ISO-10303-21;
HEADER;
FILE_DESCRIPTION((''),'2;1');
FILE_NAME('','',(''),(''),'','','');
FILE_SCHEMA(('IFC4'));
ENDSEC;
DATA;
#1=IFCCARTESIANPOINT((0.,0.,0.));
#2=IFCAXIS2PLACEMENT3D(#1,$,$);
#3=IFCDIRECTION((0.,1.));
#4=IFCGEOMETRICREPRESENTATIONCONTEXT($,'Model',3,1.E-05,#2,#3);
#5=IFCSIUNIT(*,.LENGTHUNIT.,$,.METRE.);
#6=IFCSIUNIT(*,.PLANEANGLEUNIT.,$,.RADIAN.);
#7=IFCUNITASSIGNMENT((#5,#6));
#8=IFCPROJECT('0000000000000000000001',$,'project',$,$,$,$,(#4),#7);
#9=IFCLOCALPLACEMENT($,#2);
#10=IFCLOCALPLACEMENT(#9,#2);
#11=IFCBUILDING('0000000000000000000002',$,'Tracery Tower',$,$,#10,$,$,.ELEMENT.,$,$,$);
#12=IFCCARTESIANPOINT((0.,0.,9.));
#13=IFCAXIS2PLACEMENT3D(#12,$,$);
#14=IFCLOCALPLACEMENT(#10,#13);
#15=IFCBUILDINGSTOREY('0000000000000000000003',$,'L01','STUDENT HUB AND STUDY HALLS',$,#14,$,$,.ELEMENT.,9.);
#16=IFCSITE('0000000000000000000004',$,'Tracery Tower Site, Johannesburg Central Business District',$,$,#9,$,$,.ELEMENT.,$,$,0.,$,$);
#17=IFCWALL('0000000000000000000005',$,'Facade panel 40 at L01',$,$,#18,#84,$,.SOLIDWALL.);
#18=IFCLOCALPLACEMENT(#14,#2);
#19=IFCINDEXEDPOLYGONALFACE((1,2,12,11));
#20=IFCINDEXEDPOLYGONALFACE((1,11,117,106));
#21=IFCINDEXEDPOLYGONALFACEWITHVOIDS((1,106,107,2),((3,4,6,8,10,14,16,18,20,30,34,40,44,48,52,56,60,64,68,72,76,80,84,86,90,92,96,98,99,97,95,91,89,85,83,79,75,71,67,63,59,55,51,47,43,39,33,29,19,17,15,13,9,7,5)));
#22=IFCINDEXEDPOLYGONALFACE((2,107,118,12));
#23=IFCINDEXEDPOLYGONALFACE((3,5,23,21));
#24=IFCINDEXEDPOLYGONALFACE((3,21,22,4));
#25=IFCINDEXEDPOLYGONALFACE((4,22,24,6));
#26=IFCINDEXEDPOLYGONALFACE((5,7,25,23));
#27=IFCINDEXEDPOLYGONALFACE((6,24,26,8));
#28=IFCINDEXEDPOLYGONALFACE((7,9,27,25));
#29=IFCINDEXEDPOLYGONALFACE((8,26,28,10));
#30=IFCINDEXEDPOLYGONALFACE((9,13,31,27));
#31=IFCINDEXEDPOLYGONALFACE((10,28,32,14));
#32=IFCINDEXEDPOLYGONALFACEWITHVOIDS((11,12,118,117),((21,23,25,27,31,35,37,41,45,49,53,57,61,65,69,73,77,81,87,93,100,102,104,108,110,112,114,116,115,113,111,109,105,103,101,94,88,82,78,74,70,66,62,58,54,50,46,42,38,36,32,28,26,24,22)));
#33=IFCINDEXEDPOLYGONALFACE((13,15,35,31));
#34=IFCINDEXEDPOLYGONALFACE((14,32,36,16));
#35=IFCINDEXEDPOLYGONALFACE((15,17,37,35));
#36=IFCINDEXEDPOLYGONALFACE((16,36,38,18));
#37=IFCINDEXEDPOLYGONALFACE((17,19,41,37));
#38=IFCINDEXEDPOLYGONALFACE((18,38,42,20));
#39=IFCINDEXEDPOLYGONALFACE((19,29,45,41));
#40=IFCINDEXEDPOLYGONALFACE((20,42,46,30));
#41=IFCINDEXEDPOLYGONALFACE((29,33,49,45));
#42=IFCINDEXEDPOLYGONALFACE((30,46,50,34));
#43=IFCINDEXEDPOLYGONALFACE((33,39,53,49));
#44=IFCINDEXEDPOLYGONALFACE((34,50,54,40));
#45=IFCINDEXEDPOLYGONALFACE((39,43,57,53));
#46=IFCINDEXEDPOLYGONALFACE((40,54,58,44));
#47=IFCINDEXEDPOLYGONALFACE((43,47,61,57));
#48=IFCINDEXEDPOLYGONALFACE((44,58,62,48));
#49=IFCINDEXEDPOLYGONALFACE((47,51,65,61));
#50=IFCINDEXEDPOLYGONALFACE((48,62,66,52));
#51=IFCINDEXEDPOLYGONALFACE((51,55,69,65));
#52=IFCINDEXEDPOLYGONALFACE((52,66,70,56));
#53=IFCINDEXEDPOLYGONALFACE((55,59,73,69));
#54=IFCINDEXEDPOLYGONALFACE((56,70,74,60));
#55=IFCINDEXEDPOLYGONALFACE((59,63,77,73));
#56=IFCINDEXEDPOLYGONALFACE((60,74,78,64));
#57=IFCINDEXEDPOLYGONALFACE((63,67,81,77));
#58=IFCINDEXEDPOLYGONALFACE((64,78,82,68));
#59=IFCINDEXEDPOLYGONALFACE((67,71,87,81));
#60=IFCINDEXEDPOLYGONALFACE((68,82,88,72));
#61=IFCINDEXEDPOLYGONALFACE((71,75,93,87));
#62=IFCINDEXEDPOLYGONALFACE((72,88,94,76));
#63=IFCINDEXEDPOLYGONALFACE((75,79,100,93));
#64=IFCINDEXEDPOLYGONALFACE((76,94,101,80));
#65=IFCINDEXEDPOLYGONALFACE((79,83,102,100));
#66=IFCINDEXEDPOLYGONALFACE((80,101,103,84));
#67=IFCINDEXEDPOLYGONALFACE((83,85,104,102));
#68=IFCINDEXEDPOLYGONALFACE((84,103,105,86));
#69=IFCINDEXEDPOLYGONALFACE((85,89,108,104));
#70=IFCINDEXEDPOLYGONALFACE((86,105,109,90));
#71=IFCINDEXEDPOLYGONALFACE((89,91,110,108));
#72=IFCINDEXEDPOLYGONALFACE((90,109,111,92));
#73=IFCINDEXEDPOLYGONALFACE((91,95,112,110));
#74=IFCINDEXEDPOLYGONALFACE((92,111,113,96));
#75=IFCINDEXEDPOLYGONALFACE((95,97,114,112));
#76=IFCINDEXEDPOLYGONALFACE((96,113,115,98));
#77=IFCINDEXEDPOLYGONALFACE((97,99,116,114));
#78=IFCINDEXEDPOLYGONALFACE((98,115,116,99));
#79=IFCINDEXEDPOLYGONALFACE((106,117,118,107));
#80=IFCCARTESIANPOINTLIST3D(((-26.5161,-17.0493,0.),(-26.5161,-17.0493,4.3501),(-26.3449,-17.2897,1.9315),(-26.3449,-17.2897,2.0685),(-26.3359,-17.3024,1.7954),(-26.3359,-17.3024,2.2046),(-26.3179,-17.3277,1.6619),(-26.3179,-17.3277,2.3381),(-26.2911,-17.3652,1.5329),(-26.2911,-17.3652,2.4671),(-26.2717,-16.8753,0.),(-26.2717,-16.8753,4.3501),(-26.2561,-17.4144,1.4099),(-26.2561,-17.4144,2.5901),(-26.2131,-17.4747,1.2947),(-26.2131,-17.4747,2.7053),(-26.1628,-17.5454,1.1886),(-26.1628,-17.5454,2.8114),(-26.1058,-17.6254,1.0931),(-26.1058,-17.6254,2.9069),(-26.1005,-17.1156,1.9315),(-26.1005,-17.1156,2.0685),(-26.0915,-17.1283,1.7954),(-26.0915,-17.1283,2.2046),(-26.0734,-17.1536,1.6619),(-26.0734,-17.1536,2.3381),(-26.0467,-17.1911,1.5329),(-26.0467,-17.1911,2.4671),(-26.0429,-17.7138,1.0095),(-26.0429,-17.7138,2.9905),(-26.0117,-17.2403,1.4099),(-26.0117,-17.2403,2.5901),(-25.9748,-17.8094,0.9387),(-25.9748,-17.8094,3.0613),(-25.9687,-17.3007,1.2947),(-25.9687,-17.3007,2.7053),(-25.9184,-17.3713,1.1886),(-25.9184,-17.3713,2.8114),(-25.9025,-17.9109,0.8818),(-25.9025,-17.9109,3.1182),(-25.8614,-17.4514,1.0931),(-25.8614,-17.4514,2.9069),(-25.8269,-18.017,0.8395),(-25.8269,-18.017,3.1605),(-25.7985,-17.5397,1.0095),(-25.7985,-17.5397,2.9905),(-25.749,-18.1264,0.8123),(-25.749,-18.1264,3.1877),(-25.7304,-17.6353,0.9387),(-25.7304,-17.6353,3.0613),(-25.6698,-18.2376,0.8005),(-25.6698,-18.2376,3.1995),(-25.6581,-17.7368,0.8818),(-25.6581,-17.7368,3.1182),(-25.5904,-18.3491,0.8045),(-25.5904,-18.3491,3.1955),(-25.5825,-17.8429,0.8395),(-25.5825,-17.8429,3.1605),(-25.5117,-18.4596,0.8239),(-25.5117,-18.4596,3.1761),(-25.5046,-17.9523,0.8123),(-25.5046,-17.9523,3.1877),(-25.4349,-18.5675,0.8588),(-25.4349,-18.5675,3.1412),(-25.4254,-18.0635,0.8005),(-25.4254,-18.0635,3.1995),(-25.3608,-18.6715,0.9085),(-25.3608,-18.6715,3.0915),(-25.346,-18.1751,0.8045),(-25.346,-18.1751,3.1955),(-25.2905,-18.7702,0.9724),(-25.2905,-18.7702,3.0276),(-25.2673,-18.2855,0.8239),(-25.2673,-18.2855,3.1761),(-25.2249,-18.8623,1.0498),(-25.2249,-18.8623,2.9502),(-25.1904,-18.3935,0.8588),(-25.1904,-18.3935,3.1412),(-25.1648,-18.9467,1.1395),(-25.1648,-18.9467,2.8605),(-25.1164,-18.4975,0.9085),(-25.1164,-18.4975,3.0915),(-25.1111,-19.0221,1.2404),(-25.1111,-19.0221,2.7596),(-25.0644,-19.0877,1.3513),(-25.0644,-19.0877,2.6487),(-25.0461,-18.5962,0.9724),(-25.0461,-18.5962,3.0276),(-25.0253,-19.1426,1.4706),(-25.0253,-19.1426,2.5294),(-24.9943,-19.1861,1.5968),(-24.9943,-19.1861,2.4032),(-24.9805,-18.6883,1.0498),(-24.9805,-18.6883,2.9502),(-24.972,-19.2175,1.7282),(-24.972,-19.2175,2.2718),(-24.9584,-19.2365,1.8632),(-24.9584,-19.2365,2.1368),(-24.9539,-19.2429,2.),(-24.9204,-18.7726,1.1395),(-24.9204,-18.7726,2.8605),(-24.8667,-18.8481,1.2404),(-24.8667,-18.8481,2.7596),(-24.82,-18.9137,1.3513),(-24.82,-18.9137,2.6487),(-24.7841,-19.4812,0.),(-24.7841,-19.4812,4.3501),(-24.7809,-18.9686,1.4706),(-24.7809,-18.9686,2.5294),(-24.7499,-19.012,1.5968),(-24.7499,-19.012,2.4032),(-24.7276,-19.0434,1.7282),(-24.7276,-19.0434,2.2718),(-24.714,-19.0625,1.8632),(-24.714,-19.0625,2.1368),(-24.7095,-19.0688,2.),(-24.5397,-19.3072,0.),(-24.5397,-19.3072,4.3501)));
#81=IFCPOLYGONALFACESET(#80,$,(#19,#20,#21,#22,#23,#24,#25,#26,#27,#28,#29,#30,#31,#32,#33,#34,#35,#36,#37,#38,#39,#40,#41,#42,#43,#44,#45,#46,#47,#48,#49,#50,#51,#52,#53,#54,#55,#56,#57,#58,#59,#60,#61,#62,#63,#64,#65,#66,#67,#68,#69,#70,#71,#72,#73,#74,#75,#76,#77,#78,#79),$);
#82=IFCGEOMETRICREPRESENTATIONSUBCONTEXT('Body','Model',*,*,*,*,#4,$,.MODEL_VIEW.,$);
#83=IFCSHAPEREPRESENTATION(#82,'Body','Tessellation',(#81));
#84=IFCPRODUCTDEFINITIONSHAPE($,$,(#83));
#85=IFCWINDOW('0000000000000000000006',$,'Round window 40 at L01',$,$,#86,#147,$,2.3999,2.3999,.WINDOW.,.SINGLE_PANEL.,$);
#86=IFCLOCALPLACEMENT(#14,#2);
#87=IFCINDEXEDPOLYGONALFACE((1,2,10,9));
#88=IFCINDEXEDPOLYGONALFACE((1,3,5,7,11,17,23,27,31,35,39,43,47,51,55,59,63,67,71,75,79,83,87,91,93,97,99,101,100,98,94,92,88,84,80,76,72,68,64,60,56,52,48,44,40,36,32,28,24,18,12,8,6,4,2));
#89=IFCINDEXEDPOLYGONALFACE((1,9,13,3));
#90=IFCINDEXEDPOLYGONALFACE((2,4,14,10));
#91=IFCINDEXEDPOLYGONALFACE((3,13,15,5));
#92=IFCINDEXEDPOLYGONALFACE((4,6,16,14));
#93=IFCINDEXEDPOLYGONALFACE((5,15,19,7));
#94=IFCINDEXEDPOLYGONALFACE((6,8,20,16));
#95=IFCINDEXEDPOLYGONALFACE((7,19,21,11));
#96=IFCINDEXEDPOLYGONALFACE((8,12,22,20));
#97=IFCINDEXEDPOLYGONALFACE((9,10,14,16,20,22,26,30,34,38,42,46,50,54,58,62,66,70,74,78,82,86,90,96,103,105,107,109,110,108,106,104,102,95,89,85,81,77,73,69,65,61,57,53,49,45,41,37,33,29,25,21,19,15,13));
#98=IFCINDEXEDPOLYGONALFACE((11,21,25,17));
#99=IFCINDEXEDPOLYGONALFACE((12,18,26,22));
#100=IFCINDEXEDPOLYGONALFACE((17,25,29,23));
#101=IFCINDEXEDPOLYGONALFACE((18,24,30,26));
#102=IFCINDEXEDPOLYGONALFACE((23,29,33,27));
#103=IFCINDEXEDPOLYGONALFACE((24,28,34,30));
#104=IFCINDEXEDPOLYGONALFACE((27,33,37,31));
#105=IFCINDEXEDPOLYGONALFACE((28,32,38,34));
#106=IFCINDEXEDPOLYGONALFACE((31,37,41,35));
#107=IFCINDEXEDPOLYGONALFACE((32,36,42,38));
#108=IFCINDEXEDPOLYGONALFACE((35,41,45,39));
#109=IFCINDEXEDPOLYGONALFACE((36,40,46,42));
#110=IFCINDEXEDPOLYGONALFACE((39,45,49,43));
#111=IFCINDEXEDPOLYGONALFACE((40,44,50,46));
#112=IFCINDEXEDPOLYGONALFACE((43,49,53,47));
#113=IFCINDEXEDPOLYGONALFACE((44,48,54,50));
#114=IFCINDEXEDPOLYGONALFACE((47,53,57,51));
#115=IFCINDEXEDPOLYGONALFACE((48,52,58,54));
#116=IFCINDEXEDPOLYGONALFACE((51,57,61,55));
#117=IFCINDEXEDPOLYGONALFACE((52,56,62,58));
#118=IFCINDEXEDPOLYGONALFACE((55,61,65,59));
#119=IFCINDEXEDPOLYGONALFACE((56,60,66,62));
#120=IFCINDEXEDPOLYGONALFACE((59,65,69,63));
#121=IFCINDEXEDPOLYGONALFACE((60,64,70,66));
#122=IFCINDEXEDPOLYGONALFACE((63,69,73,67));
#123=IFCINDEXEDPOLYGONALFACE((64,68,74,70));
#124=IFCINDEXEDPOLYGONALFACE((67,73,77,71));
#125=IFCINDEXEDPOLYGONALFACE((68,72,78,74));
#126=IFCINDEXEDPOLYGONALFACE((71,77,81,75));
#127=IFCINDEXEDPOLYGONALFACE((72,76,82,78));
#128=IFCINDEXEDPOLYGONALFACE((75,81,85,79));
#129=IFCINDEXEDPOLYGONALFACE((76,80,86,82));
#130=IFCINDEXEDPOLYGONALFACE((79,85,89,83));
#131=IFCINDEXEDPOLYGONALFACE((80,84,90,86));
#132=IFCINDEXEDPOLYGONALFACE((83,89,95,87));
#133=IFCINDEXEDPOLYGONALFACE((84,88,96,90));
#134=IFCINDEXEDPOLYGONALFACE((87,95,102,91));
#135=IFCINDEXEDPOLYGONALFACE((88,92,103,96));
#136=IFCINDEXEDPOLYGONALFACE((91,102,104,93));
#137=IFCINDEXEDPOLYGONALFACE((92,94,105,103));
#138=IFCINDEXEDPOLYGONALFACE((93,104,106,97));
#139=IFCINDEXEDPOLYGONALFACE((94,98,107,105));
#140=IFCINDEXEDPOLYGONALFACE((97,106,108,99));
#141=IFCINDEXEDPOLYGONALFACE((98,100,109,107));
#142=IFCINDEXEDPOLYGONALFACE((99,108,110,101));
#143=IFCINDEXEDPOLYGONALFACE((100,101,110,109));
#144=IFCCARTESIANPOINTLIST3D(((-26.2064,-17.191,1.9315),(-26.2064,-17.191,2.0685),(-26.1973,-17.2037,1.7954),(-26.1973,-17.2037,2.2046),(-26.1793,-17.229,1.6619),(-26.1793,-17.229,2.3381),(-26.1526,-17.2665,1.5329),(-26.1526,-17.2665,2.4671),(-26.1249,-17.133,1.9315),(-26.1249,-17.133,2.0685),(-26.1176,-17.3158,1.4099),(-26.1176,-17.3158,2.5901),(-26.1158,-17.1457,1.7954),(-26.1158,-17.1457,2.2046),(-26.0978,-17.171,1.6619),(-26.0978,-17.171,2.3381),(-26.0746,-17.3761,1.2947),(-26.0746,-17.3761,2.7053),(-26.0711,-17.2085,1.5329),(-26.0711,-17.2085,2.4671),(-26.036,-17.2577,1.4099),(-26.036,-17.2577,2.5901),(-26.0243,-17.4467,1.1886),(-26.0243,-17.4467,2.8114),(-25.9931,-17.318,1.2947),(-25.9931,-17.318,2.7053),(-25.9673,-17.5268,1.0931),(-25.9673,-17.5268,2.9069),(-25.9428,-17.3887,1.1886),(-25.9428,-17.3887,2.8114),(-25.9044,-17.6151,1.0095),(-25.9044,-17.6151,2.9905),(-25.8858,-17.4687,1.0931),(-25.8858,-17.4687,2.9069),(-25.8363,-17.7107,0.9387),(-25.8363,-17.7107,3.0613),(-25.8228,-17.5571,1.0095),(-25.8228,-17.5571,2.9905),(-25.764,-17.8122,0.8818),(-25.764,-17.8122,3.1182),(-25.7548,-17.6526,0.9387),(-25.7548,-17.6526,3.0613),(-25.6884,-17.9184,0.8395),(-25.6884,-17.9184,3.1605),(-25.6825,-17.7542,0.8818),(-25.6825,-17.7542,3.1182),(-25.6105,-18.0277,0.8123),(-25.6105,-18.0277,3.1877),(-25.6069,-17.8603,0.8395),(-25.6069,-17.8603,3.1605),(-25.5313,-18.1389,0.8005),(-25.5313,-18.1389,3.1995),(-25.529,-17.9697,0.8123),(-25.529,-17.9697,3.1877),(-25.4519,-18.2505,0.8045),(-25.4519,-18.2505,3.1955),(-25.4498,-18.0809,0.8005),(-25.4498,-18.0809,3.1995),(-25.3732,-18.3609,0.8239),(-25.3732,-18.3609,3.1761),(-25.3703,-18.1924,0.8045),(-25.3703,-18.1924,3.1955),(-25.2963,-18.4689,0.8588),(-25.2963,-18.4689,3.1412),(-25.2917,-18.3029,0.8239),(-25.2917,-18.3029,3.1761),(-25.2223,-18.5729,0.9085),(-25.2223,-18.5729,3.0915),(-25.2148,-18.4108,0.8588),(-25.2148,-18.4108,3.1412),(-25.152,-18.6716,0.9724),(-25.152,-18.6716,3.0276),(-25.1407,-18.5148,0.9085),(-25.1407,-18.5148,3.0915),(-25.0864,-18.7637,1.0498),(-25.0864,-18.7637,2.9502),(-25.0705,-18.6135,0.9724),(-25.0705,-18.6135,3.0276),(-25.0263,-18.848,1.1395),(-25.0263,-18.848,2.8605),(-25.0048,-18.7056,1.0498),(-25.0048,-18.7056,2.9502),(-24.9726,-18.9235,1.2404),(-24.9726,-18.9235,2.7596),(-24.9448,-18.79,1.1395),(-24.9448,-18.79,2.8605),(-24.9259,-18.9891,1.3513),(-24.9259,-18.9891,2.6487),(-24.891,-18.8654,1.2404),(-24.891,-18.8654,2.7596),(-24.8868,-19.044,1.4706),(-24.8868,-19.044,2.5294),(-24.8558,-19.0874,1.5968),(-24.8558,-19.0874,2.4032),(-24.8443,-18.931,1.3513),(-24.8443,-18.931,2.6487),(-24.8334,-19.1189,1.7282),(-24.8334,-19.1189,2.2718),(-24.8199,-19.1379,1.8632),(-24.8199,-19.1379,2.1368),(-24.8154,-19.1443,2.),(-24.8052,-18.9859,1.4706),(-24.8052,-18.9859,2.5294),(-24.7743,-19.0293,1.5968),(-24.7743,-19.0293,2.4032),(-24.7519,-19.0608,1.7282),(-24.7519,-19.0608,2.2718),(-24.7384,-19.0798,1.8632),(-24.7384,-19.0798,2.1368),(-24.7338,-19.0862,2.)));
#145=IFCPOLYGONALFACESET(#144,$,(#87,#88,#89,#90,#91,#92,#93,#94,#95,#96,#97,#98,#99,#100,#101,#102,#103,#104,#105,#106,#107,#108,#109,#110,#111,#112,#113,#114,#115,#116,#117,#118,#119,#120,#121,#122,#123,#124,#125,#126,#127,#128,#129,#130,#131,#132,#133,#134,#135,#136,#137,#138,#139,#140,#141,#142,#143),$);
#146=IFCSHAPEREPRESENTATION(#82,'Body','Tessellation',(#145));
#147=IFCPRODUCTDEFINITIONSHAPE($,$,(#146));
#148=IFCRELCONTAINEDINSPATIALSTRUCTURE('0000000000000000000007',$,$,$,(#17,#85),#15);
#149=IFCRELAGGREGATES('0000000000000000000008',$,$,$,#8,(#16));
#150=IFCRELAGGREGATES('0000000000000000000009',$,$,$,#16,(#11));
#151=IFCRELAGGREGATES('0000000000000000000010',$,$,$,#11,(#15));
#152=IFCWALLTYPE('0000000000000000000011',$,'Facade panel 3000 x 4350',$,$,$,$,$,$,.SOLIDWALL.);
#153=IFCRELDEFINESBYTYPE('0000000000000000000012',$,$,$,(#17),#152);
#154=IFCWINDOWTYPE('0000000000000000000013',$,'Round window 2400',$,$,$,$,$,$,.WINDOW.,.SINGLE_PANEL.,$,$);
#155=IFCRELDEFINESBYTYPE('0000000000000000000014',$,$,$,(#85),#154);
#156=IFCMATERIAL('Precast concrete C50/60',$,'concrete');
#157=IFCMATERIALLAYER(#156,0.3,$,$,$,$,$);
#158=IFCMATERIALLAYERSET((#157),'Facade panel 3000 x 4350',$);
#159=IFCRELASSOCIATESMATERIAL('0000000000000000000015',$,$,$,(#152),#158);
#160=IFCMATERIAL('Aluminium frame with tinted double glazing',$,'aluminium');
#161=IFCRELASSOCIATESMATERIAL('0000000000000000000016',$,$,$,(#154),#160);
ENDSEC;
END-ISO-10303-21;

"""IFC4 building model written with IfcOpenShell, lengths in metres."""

from ifc_helpers import new_model, si_unit, direction, frame, frame_2d, origin, origin_2d, place, context, subcontext, project, spatial, rectangle, circle, extrude, material, layer, layer_set, type_object, element, fill, save


model = new_model("IFC4")

# Units and contexts
model_context = context("Model", 3, precision=1e-05, world=origin(), true_north=direction((0.0, 1.0)))
body_context = subcontext(model_context, "Body", "Model", "MODEL_VIEW")
ifc_project = project(units=[si_unit("LENGTHUNIT", "METRE"), si_unit("PLANEANGLEUNIT", "RADIAN")], contexts=[model_context])

# Site, building, storey
site_placement = place(None, origin())
site = spatial("IfcSite", under=ifc_project, at=site_placement, Name="Tracery Tower Site, Johannesburg Central Business District", CompositionType="ELEMENT", RefElevation=0.0)
building_placement = place(site_placement, origin())
building = spatial("IfcBuilding", under=site, at=building_placement, Name="Tracery Tower", CompositionType="ELEMENT")
storey_placement = place(building_placement, frame((0.0, 0.0, 9.0)))
storey = spatial("IfcBuildingStorey", under=building, at=storey_placement, Name="L01", Description="STUDENT HUB AND STUDY HALLS", CompositionType="ELEMENT", Elevation=9.0)

# Wall, opening, window
ifc_material_1 = material(Name="Precast concrete C50/60", Category="concrete")
ifc_layer_1 = layer(ifc_material_1, 0.3)
ifc_layer_set_1 = layer_set([ifc_layer_1], Name="Facade panel 3000 x 4350")
wall_type_1 = type_object("IfcWallType", Name="Facade panel 3000 x 4350", PredefinedType="SOLIDWALL", material=ifc_layer_set_1)
ifc_material_2 = material(Name="Aluminium frame with tinted double glazing", Category="aluminium")
window_type = type_object("IfcWindowType", Name="Round window 2400", PartitioningType="SINGLE_PANEL", PredefinedType="WINDOW", material=ifc_material_2)
wall_1_placement = place(storey_placement, frame((-26.3938, -16.9624, 0.0), z_axis=(0.0, 0.0, 1.0), x_axis=(0.580101, -0.814545, 0.0)))
wall_1 = element("IfcWall", 1, at=wall_1_placement, inside=storey, type_object=wall_type_1, Name="Facade panel 40 at L01", PredefinedType="SOLIDWALL", context=body_context, shape_type="SweptSolid", body=[
    extrude(rectangle(XDim=2.9856, YDim=0.3, at=frame_2d((1.4927, 0.0))), origin(), (0.0, 0.0, 1.0), 4.3501),
])
opening_1_placement = place(wall_1_placement, frame((1.4929, 0.0, 2.0)))
opening_1 = element("IfcOpeningElement", 2, at=opening_1_placement, cuts=wall_1, PredefinedType="OPENING", context=body_context, shape_type="SweptSolid", body=[
    extrude(circle(Radius=1.2, at=origin_2d()), frame((0.0, 0.1599, 0.0), z_axis=(0.0, -1.0, 0.0), x_axis=(1.0, 0.0, 0.0)), (0.0, 0.0, 1.0), 0.3201),
])
window_1_placement = place(opening_1_placement, origin())
window_1 = element("IfcWindow", 3, at=window_1_placement, inside=storey, type_object=window_type, Name="Round window 40 at L01", OverallHeight=2.3999, OverallWidth=2.3999, PartitioningType="SINGLE_PANEL", PredefinedType="WINDOW", context=body_context, shape_type="SweptSolid", body=[
    extrude(circle(Radius=1.2, at=origin_2d()), frame((0.0, 0.1201, 0.0), z_axis=(0.0, -1.0, 0.0), x_axis=(1.0, 0.0, 0.0)), (0.0, 0.0, 1.0), 0.1001),
])
fill(opening_1, window_1)

save(model, "model.ifc")
